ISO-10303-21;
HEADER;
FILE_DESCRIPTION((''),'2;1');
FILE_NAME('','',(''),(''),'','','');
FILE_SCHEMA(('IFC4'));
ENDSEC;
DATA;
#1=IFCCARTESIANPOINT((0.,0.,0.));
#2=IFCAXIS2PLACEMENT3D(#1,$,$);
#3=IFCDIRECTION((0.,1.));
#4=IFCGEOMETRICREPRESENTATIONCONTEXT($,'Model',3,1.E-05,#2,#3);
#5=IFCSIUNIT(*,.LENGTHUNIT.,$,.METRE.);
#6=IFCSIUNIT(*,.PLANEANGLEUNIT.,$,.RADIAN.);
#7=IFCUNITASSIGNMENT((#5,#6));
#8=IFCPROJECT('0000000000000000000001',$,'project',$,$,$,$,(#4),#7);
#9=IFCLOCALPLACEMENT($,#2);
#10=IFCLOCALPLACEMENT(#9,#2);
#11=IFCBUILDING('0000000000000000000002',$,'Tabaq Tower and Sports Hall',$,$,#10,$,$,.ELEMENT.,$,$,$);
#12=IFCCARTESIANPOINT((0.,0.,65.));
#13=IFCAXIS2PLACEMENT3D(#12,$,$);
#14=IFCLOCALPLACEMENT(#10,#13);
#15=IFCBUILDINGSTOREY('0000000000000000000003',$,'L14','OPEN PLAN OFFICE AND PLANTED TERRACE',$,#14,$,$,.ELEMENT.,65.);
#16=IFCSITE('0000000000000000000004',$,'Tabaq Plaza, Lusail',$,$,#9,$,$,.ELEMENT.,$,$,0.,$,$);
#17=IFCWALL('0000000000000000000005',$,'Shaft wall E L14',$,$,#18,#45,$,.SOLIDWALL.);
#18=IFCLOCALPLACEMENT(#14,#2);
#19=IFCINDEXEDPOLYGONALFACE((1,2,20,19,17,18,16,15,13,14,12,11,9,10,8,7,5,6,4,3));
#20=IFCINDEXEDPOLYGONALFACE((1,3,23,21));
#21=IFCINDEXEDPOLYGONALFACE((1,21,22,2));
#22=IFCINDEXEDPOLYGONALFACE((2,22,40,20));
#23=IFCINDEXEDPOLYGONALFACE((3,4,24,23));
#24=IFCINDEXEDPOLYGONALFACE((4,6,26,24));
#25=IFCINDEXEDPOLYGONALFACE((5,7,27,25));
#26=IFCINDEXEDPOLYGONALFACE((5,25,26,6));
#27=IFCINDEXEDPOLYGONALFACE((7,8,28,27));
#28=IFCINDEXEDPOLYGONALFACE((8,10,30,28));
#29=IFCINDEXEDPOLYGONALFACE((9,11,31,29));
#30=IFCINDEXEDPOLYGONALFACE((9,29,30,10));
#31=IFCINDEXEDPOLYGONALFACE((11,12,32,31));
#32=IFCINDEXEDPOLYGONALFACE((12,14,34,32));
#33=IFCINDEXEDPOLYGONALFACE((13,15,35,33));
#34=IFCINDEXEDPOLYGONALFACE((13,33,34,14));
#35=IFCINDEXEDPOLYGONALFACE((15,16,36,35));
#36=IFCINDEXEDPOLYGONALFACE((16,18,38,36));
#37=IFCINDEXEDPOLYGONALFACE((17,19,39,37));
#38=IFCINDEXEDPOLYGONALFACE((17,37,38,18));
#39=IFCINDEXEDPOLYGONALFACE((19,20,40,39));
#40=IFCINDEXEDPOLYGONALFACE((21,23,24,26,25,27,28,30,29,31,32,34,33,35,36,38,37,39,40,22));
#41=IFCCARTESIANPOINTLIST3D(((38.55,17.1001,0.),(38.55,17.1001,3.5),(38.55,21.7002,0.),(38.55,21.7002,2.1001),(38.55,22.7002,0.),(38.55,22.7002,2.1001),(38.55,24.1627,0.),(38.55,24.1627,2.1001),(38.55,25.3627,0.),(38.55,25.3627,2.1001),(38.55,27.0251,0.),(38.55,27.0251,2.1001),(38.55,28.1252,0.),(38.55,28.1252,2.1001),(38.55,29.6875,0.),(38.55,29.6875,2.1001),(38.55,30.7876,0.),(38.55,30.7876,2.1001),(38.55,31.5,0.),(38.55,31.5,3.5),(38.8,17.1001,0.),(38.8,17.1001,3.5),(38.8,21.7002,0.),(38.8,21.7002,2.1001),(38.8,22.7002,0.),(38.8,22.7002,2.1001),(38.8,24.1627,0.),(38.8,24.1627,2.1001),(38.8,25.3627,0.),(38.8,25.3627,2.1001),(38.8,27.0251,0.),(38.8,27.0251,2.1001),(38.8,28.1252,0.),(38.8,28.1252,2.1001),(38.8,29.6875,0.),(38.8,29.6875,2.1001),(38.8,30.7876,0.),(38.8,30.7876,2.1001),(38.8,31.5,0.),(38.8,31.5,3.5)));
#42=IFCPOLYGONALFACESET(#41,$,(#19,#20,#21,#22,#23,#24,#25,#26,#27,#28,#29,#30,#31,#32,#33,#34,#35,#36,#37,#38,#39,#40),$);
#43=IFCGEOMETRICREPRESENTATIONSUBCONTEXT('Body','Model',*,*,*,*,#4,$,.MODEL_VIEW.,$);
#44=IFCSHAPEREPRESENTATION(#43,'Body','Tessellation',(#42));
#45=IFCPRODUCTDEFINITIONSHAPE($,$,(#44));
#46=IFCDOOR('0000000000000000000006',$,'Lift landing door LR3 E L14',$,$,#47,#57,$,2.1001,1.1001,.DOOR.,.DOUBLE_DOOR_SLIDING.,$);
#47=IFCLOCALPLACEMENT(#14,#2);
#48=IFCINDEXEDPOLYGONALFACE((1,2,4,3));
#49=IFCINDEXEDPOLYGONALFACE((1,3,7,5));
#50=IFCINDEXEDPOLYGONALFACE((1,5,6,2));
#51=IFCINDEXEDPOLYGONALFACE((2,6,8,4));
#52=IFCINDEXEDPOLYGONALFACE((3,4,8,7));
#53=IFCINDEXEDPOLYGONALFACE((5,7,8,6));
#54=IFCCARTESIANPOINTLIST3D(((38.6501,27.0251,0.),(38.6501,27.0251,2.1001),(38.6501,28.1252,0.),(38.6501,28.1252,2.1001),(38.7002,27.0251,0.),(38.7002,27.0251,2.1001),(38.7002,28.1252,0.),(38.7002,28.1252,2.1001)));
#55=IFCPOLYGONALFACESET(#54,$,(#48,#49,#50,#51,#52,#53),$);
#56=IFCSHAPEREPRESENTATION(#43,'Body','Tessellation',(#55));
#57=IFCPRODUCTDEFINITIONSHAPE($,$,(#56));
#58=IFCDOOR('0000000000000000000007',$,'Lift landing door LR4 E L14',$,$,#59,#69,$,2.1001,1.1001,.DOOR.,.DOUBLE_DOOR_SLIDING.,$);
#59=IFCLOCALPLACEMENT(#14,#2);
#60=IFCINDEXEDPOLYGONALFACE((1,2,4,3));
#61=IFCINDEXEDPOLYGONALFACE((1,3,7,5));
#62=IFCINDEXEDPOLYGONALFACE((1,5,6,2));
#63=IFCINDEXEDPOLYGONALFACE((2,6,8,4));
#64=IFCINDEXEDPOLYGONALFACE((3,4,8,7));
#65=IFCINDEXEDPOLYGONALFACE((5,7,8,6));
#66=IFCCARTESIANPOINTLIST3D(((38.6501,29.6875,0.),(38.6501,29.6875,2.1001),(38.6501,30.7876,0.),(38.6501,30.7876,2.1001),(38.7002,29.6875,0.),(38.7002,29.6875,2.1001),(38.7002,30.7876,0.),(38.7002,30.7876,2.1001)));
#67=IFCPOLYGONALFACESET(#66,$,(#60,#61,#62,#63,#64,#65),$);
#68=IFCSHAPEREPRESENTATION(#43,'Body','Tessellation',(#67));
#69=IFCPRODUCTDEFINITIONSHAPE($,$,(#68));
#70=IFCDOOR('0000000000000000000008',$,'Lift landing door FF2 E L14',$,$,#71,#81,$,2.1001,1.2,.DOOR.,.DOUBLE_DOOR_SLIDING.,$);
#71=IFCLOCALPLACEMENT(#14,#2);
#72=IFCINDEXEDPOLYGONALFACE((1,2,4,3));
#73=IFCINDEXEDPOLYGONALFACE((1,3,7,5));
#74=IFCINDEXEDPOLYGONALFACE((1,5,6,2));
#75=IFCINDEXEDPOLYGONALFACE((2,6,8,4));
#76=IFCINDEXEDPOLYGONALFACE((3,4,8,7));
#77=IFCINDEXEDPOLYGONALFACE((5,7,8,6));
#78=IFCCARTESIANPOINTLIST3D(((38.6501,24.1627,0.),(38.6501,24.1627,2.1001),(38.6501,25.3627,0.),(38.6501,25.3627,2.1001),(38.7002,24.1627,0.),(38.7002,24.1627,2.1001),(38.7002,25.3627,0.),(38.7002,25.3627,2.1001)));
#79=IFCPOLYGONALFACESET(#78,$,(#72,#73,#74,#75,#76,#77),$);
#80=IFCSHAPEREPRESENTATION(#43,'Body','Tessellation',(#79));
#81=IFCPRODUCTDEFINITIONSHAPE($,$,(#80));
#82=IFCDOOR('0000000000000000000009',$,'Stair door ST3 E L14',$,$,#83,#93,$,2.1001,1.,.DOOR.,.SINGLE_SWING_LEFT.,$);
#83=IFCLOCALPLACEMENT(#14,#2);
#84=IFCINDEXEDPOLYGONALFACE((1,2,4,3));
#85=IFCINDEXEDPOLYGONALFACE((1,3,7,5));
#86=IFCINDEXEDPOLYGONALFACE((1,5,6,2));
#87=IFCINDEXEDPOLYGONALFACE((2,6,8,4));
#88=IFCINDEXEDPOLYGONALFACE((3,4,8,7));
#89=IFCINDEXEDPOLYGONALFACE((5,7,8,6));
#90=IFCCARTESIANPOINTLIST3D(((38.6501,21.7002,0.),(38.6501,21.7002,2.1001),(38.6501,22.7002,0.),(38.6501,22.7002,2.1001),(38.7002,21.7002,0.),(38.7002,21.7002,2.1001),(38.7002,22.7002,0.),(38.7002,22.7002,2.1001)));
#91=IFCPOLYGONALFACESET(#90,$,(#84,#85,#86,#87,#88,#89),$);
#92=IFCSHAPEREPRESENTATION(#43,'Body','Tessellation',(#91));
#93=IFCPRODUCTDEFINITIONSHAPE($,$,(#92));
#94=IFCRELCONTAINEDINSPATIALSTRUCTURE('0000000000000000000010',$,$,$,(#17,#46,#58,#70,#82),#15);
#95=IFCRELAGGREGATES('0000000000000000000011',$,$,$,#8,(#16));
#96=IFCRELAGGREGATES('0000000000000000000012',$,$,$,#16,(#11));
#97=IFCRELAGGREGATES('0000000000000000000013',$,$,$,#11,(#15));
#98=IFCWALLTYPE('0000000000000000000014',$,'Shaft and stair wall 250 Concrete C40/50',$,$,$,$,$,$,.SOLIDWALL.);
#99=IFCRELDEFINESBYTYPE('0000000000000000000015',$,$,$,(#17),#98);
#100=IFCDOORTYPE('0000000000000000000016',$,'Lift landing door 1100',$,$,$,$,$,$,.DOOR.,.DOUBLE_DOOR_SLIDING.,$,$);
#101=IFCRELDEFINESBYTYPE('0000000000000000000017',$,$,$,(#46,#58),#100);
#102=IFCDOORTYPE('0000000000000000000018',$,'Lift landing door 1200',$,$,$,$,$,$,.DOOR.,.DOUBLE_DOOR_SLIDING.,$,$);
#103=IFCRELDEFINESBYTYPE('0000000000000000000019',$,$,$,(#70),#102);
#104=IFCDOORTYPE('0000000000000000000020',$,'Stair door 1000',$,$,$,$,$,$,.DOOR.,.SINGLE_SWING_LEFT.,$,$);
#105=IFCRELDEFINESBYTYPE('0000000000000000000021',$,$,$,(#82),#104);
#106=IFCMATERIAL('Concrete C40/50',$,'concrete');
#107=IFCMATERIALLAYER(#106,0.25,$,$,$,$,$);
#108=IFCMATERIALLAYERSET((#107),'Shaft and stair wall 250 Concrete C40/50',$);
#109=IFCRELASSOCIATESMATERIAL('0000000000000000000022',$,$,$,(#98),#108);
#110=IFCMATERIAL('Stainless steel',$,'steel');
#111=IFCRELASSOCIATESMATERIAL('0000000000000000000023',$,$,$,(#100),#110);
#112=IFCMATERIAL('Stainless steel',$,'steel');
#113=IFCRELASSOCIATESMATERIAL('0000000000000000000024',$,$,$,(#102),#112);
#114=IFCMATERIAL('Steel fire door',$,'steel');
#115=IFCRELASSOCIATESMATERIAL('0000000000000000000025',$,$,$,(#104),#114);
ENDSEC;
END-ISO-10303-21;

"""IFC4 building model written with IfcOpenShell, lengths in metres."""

from ifc_helpers import new_model, si_unit, direction, frame, frame_2d, origin, place, context, subcontext, project, spatial, rectangle, extrude, material, layer, layer_set, type_object, element, fill, save


model = new_model("IFC4")

# Units and contexts
model_context = context("Model", 3, precision=1e-05, world=origin(), true_north=direction((0.0, 1.0)))
body_context = subcontext(model_context, "Body", "Model", "MODEL_VIEW")
ifc_project = project(units=[si_unit("LENGTHUNIT", "METRE"), si_unit("PLANEANGLEUNIT", "RADIAN")], contexts=[model_context])

# Site, building, storey
site_placement = place(None, origin())
site = spatial("IfcSite", under=ifc_project, at=site_placement, Name="Tabaq Plaza, Lusail", CompositionType="ELEMENT", RefElevation=0.0)
building_placement = place(site_placement, origin())
building = spatial("IfcBuilding", under=site, at=building_placement, Name="Tabaq Tower and Sports Hall", CompositionType="ELEMENT")
storey_placement = place(building_placement, frame((0.0, 0.0, 65.0)))
storey = spatial("IfcBuildingStorey", under=building, at=storey_placement, Name="L14", Description="OPEN PLAN OFFICE AND PLANTED TERRACE", CompositionType="ELEMENT", Elevation=65.0)

# Wall, openings, doors
ifc_material_1 = material(Name="Concrete C40/50", Category="concrete")
ifc_layer_1 = layer(ifc_material_1, 0.25)
ifc_layer_set_1 = layer_set([ifc_layer_1], Name="Shaft and stair wall 250 Concrete C40/50")
wall_type_1 = type_object("IfcWallType", Name="Shaft and stair wall 250 Concrete C40/50", PredefinedType="SOLIDWALL", material=ifc_layer_set_1)
wall_1_placement = place(storey_placement, frame((38.675, 17.1001, 0.0), z_axis=(0.0, 0.0, 1.0), x_axis=(0.0, 1.0, 0.0)))
wall_1 = element("IfcWall", 1, at=wall_1_placement, inside=storey, type_object=wall_type_1, Name="Shaft wall E L14", PredefinedType="SOLIDWALL", context=body_context, shape_type="SweptSolid", body=[
    extrude(rectangle(XDim=14.3999, YDim=0.25, at=frame_2d((7.2, 0.0))), origin(), (0.0, 0.0, 1.0), 3.5),
])
opening_1_placement = place(wall_1_placement, frame((4.6001, 0.0, 0.0)))
opening_1 = element("IfcOpeningElement", 2, at=opening_1_placement, cuts=wall_1, PredefinedType="OPENING", context=body_context, shape_type="SweptSolid", body=[
    extrude(rectangle(XDim=1.0, YDim=2.1001, at=frame_2d((0.5, 1.05))), frame((0.0, 0.125, 0.0), z_axis=(0.0, -1.0, 0.0), x_axis=(1.0, 0.0, 0.0)), (0.0, 0.0, 1.0), 0.25),
])
opening_2_placement = place(wall_1_placement, frame((7.0625, 0.0, 0.0)))
opening_2 = element("IfcOpeningElement", 3, at=opening_2_placement, cuts=wall_1, PredefinedType="OPENING", context=body_context, shape_type="SweptSolid", body=[
    extrude(rectangle(XDim=1.2, YDim=2.1001, at=frame_2d((0.6001, 1.05))), frame((0.0, 0.125, 0.0), z_axis=(0.0, -1.0, 0.0), x_axis=(1.0, 0.0, 0.0)), (0.0, 0.0, 1.0), 0.25),
])
opening_3_placement = place(wall_1_placement, frame((9.925, 0.0, 0.0)))
opening_3 = element("IfcOpeningElement", 4, at=opening_3_placement, cuts=wall_1, PredefinedType="OPENING", context=body_context, shape_type="SweptSolid", body=[
    extrude(rectangle(XDim=1.1001, YDim=2.1001, at=frame_2d((0.55, 1.05))), frame((0.0, 0.125, 0.0), z_axis=(0.0, -1.0, 0.0), x_axis=(1.0, 0.0, 0.0)), (0.0, 0.0, 1.0), 0.25),
])
opening_4_placement = place(wall_1_placement, frame((12.5874, 0.0, 0.0)))
opening_4 = element("IfcOpeningElement", 5, at=opening_4_placement, cuts=wall_1, PredefinedType="OPENING", context=body_context, shape_type="SweptSolid", body=[
    extrude(rectangle(XDim=1.1001, YDim=2.1001, at=frame_2d((0.55, 1.05))), frame((0.0, 0.125, 0.0), z_axis=(0.0, -1.0, 0.0), x_axis=(1.0, 0.0, 0.0)), (0.0, 0.0, 1.0), 0.25),
])
ifc_material_2 = material(Name="Stainless steel", Category="steel")
door_type_1 = type_object("IfcDoorType", Name="Lift landing door 1100", OperationType="DOUBLE_DOOR_SLIDING", PredefinedType="DOOR", material=ifc_material_2)
door_1_placement = place(opening_3_placement, origin())
door_1 = element("IfcDoor", 6, at=door_1_placement, inside=storey, type_object=door_type_1, Name="Lift landing door LR3 E L14", OperationType="DOUBLE_DOOR_SLIDING", OverallHeight=2.1001, OverallWidth=1.1001, PredefinedType="DOOR", context=body_context, shape_type="SweptSolid", body=[
    extrude(rectangle(XDim=1.1001, YDim=2.1001, at=frame_2d((0.55, 1.05))), frame((0.0, 0.0249, 0.0), z_axis=(0.0, -1.0, 0.0), x_axis=(1.0, 0.0, 0.0)), (0.0, 0.0, 1.0), 0.05),
])
fill(opening_3, door_1)
door_2_placement = place(opening_4_placement, origin())
door_2 = element("IfcDoor", 7, at=door_2_placement, inside=storey, type_object=door_type_1, Name="Lift landing door LR4 E L14", OperationType="DOUBLE_DOOR_SLIDING", OverallHeight=2.1001, OverallWidth=1.1001, PredefinedType="DOOR", context=body_context, shape_type="SweptSolid", body=[
    extrude(rectangle(XDim=1.1001, YDim=2.1001, at=frame_2d((0.55, 1.05))), frame((0.0, 0.0249, 0.0), z_axis=(0.0, -1.0, 0.0), x_axis=(1.0, 0.0, 0.0)), (0.0, 0.0, 1.0), 0.05),
])
fill(opening_4, door_2)
ifc_material_3 = material(Name="Stainless steel", Category="steel")
door_type_2 = type_object("IfcDoorType", Name="Lift landing door 1200", OperationType="DOUBLE_DOOR_SLIDING", PredefinedType="DOOR", material=ifc_material_3)
door_3_placement = place(opening_2_placement, origin())
door_3 = element("IfcDoor", 8, at=door_3_placement, inside=storey, type_object=door_type_2, Name="Lift landing door FF2 E L14", OperationType="DOUBLE_DOOR_SLIDING", OverallHeight=2.1001, OverallWidth=1.2, PredefinedType="DOOR", context=body_context, shape_type="SweptSolid", body=[
    extrude(rectangle(XDim=1.2, YDim=2.1001, at=frame_2d((0.6001, 1.05))), frame((0.0, 0.0249, 0.0), z_axis=(0.0, -1.0, 0.0), x_axis=(1.0, 0.0, 0.0)), (0.0, 0.0, 1.0), 0.05),
])
fill(opening_2, door_3)
ifc_material_4 = material(Name="Steel fire door", Category="steel")
door_type_3 = type_object("IfcDoorType", Name="Stair door 1000", OperationType="SINGLE_SWING_LEFT", PredefinedType="DOOR", material=ifc_material_4)
door_4_placement = place(opening_1_placement, origin())
door_4 = element("IfcDoor", 9, at=door_4_placement, inside=storey, type_object=door_type_3, Name="Stair door ST3 E L14", OperationType="SINGLE_SWING_LEFT", OverallHeight=2.1001, OverallWidth=1.0, PredefinedType="DOOR", context=body_context, shape_type="SweptSolid", body=[
    extrude(rectangle(XDim=1.0, YDim=2.1001, at=frame_2d((0.5, 1.05))), frame((0.0, 0.0249, 0.0), z_axis=(0.0, -1.0, 0.0), x_axis=(1.0, 0.0, 0.0)), (0.0, 0.0, 1.0), 0.05),
])
fill(opening_1, door_4)

save(model, "model.ifc")
